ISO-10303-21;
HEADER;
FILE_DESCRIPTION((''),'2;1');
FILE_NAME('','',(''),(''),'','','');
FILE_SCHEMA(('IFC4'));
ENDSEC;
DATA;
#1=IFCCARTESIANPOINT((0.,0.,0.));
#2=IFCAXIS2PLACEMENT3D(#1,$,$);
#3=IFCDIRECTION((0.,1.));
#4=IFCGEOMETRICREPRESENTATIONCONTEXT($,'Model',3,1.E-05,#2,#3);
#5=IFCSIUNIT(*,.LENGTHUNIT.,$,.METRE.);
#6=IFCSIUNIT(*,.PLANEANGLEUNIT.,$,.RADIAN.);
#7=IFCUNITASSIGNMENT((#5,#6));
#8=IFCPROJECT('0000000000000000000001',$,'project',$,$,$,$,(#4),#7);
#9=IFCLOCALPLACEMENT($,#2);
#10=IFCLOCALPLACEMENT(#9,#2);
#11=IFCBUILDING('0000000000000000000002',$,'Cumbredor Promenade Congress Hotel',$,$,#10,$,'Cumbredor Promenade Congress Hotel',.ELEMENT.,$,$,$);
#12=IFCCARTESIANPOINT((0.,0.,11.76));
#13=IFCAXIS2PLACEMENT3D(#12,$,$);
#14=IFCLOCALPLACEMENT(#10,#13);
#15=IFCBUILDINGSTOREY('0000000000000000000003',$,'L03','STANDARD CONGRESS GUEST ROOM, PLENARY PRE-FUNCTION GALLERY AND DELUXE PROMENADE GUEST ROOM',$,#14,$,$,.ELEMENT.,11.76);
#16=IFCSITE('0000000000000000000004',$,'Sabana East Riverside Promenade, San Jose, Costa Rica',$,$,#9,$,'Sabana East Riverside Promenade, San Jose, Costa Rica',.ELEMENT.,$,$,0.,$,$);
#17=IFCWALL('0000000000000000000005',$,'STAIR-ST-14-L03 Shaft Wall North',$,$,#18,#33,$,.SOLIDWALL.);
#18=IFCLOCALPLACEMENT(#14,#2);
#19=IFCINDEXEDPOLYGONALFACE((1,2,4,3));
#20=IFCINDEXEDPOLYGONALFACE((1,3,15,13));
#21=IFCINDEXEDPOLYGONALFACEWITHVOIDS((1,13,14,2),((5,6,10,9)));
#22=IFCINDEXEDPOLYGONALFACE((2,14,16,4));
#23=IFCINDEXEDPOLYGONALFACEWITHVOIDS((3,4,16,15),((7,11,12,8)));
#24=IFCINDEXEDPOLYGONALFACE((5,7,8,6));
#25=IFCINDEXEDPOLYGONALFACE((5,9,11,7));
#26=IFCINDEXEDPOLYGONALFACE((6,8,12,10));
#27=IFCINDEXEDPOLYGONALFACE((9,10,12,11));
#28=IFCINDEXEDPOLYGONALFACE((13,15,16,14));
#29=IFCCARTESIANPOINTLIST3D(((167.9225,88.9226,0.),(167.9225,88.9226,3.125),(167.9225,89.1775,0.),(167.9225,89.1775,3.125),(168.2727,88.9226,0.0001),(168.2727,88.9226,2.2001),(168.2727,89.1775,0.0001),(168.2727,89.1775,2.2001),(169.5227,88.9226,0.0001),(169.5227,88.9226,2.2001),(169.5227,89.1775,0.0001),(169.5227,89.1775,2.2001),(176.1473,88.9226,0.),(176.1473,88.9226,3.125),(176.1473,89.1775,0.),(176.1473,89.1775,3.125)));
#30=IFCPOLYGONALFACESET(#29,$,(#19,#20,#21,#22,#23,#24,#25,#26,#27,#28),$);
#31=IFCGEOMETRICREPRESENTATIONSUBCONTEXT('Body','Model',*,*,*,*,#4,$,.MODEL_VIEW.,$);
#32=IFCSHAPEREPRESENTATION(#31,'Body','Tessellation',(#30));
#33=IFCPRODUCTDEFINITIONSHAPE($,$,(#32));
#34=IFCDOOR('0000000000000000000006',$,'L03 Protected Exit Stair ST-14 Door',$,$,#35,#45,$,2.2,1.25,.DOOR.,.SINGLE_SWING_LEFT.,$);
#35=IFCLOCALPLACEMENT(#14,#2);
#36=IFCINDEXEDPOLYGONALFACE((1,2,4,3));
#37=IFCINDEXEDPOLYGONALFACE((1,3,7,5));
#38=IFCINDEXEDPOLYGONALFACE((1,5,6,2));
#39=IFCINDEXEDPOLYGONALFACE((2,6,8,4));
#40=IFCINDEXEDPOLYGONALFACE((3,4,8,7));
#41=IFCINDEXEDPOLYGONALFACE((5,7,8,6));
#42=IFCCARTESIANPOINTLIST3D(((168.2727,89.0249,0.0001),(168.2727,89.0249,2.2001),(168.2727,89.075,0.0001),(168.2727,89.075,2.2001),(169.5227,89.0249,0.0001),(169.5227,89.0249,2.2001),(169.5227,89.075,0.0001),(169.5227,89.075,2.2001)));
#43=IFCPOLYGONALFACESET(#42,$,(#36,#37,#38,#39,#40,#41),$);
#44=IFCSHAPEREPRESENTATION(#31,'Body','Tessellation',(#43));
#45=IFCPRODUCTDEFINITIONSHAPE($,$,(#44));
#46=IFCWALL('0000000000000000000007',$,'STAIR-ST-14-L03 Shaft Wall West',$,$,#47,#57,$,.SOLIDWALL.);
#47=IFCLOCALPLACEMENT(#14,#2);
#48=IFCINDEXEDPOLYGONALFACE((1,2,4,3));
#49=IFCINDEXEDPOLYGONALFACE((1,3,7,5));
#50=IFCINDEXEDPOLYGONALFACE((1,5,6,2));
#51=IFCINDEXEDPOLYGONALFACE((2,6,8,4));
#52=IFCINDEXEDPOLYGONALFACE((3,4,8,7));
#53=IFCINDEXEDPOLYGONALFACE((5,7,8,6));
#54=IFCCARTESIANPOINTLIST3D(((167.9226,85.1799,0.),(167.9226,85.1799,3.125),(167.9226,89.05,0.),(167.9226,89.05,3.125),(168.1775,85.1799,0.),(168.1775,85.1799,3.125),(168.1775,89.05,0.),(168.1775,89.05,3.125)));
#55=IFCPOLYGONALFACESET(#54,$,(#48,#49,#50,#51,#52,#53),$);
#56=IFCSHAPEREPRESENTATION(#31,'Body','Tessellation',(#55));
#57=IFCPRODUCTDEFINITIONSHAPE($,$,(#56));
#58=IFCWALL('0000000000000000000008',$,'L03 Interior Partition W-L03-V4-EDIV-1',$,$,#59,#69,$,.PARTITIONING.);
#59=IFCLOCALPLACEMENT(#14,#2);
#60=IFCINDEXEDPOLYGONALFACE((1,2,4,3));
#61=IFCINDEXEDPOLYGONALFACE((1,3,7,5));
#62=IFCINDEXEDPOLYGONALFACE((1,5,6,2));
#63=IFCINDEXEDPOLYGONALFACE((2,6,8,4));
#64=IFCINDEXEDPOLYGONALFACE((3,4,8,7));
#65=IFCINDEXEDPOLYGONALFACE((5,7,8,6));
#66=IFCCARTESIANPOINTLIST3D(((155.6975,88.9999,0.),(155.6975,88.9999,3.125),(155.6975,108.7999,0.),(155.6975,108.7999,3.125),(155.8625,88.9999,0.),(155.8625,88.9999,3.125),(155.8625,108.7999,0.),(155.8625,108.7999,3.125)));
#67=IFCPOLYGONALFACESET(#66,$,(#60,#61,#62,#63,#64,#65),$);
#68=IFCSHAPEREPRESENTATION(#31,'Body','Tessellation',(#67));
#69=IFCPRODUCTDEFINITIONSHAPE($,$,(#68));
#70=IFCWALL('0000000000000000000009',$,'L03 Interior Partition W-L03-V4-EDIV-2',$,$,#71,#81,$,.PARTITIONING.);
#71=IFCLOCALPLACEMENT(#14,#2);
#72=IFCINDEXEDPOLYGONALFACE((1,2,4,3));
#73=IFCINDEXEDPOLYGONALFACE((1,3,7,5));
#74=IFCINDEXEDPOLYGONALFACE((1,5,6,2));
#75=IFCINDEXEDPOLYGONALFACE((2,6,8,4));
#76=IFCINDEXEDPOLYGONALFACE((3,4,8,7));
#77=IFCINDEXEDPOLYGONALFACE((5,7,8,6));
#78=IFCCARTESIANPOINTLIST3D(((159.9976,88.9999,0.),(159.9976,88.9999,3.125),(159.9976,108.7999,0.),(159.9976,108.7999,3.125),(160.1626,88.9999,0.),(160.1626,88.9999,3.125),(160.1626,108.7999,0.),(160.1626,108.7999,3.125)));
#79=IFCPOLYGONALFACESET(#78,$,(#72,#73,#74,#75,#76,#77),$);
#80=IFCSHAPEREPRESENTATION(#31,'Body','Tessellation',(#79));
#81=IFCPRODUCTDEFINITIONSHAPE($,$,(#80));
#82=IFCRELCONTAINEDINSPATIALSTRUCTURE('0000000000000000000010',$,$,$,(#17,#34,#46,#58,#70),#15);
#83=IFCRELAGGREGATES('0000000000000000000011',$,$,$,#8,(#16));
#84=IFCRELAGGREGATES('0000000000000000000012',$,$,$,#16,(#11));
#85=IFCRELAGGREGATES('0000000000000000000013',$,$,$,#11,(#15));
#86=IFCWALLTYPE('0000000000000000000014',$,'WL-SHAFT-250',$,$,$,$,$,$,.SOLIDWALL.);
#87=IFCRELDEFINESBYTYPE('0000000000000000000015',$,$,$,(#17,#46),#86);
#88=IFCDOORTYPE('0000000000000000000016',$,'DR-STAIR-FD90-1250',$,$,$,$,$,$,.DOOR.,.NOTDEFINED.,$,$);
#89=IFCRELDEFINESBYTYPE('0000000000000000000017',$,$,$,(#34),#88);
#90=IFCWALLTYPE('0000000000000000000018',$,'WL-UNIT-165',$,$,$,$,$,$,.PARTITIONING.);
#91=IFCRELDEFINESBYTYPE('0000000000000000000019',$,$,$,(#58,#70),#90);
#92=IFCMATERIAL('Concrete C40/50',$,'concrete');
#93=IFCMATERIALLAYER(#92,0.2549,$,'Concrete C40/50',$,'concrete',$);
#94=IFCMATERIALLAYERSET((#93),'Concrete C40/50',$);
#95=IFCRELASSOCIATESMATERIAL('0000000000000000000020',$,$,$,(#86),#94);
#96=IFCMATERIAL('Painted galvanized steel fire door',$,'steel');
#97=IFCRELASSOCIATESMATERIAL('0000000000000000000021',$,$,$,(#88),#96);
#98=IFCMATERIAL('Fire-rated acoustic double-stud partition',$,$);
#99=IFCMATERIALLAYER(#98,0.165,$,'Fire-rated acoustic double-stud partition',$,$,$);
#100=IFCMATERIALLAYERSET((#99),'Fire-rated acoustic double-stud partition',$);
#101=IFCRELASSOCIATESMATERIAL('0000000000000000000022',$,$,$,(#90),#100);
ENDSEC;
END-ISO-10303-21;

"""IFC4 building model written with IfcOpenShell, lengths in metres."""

from ifc_helpers import new_model, si_unit, direction, frame, frame_2d, origin, place, context, subcontext, project, spatial, rectangle, extrude, material, layer, layer_set, type_object, element, fill, save


model = new_model("IFC4")

# Units and contexts
model_context = context("Model", 3, precision=1e-05, world=origin(), true_north=direction((0.0, 1.0)))
body_context = subcontext(model_context, "Body", "Model", "MODEL_VIEW")
ifc_project = project(units=[si_unit("LENGTHUNIT", "METRE"), si_unit("PLANEANGLEUNIT", "RADIAN")], contexts=[model_context])

# Site, building, storey
site_placement = place(None, origin())
site = spatial("IfcSite", under=ifc_project, at=site_placement, Name="Sabana East Riverside Promenade, San Jose, Costa Rica", LongName="Sabana East Riverside Promenade, San Jose, Costa Rica", CompositionType="ELEMENT", RefElevation=0.0)
building_placement = place(site_placement, origin())
building = spatial("IfcBuilding", under=site, at=building_placement, Name="Cumbredor Promenade Congress Hotel", LongName="Cumbredor Promenade Congress Hotel", CompositionType="ELEMENT")
storey_placement = place(building_placement, frame((0.0, 0.0, 11.76)))
storey = spatial("IfcBuildingStorey", under=building, at=storey_placement, Name="L03", Description="STANDARD CONGRESS GUEST ROOM, PLENARY PRE-FUNCTION GALLERY AND DELUXE PROMENADE GUEST ROOM", CompositionType="ELEMENT", Elevation=11.76)

# Shared definitions
ifc_material_1 = material(Name="Concrete C40/50", Category="concrete")

# Shared definitions
ifc_layer_1 = layer(ifc_material_1, 0.2549, Name="Concrete C40/50", Category="concrete")
ifc_layer_set_1 = layer_set([ifc_layer_1], Name="Concrete C40/50")
wall_type_1 = type_object("IfcWallType", Name="WL-SHAFT-250", PredefinedType="SOLIDWALL", material=ifc_layer_set_1)

# Wall, opening, door
wall_1_placement = place(storey_placement, frame((167.9226, 89.05, 0.0), z_axis=(0.0, 0.0, 1.0), x_axis=(1.0, 0.0, 0.0)))
wall_1 = element("IfcWall", 1, at=wall_1_placement, inside=storey, type_object=wall_type_1, Name="STAIR-ST-14-L03 Shaft Wall North", PredefinedType="SOLIDWALL", context=body_context, shape_type="SweptSolid", body=[
    extrude(rectangle(XDim=8.2249, YDim=0.2549, at=frame_2d((4.1123, 0.0))), origin(), (0.0, 0.0, 1.0), 3.125),
])
opening_1_placement = place(wall_1_placement, frame((0.3501, 0.0, 0.0)))
opening_1 = element("IfcOpeningElement", 2, at=opening_1_placement, cuts=wall_1, PredefinedType="OPENING", context=body_context, shape_type="SweptSolid", body=[
    extrude(rectangle(XDim=1.25, YDim=2.2, at=frame_2d((0.625, 1.1001))), frame((0.0, 0.1375, 0.0), z_axis=(0.0, -1.0, 0.0), x_axis=(1.0, 0.0, 0.0)), (0.0, 0.0, 1.0), 0.2749),
])
ifc_material_2 = material(Name="Painted galvanized steel fire door", Category="steel")
door_type_1 = type_object("IfcDoorType", Name="DR-STAIR-FD90-1250", OperationType="NOTDEFINED", PredefinedType="DOOR", material=ifc_material_2)
door_1_placement = place(opening_1_placement, origin())
door_1 = element("IfcDoor", 3, at=door_1_placement, inside=storey, type_object=door_type_1, Name="L03 Protected Exit Stair ST-14 Door", OperationType="SINGLE_SWING_LEFT", OverallHeight=2.2, OverallWidth=1.25, PredefinedType="DOOR", context=body_context, shape_type="SweptSolid", body=[
    extrude(rectangle(XDim=1.25, YDim=2.2, at=frame_2d((0.625, 1.1001))), frame((0.0, 0.0249, 0.0), z_axis=(0.0, -1.0, 0.0), x_axis=(1.0, 0.0, 0.0)), (0.0, 0.0, 1.0), 0.05),
])
fill(opening_1, door_1)

# Walls
wall_2_placement = place(storey_placement, frame((168.05, 85.1799, 0.0), z_axis=(0.0, 0.0, 1.0), x_axis=(0.0, 1.0, 0.0)))
element("IfcWall", 4, at=wall_2_placement, inside=storey, type_object=wall_type_1, Name="STAIR-ST-14-L03 Shaft Wall West", PredefinedType="SOLIDWALL", context=body_context, shape_type="SweptSolid", body=[
    extrude(rectangle(XDim=3.8701, YDim=0.2549, at=frame_2d((1.9351, 0.0))), origin(), (0.0, 0.0, 1.0), 3.125),
])
ifc_material_3 = material(Name="Fire-rated acoustic double-stud partition")
ifc_layer_2 = layer(ifc_material_3, 0.165, Name="Fire-rated acoustic double-stud partition")
ifc_layer_set_2 = layer_set([ifc_layer_2], Name="Fire-rated acoustic double-stud partition")
wall_type_2 = type_object("IfcWallType", Name="WL-UNIT-165", PredefinedType="PARTITIONING", material=ifc_layer_set_2)
for number, where, z_axis, x_axis, name in (
    (5, (155.78, 89.0, 0.0), (0.0, 0.0, 1.0), (0.0, 1.0, 0.0), "L03 Interior Partition W-L03-V4-EDIV-1"),
    (6, (160.0801, 89.0, 0.0), (0.0, 0.0, 1.0), (0.0, 1.0, 0.0), "L03 Interior Partition W-L03-V4-EDIV-2"),
):
    element("IfcWall", number, at=place(storey_placement, frame(where, z_axis=z_axis, x_axis=x_axis)), inside=storey, type_object=wall_type_2, Name=name, PredefinedType="PARTITIONING", context=body_context, shape_type="SweptSolid", body=[
        extrude(rectangle(XDim=19.8, YDim=0.165, at=frame_2d((9.8999, 0.0))), origin(), (0.0, 0.0, 1.0), 3.125),
    ])

save(model, "model.ifc")
